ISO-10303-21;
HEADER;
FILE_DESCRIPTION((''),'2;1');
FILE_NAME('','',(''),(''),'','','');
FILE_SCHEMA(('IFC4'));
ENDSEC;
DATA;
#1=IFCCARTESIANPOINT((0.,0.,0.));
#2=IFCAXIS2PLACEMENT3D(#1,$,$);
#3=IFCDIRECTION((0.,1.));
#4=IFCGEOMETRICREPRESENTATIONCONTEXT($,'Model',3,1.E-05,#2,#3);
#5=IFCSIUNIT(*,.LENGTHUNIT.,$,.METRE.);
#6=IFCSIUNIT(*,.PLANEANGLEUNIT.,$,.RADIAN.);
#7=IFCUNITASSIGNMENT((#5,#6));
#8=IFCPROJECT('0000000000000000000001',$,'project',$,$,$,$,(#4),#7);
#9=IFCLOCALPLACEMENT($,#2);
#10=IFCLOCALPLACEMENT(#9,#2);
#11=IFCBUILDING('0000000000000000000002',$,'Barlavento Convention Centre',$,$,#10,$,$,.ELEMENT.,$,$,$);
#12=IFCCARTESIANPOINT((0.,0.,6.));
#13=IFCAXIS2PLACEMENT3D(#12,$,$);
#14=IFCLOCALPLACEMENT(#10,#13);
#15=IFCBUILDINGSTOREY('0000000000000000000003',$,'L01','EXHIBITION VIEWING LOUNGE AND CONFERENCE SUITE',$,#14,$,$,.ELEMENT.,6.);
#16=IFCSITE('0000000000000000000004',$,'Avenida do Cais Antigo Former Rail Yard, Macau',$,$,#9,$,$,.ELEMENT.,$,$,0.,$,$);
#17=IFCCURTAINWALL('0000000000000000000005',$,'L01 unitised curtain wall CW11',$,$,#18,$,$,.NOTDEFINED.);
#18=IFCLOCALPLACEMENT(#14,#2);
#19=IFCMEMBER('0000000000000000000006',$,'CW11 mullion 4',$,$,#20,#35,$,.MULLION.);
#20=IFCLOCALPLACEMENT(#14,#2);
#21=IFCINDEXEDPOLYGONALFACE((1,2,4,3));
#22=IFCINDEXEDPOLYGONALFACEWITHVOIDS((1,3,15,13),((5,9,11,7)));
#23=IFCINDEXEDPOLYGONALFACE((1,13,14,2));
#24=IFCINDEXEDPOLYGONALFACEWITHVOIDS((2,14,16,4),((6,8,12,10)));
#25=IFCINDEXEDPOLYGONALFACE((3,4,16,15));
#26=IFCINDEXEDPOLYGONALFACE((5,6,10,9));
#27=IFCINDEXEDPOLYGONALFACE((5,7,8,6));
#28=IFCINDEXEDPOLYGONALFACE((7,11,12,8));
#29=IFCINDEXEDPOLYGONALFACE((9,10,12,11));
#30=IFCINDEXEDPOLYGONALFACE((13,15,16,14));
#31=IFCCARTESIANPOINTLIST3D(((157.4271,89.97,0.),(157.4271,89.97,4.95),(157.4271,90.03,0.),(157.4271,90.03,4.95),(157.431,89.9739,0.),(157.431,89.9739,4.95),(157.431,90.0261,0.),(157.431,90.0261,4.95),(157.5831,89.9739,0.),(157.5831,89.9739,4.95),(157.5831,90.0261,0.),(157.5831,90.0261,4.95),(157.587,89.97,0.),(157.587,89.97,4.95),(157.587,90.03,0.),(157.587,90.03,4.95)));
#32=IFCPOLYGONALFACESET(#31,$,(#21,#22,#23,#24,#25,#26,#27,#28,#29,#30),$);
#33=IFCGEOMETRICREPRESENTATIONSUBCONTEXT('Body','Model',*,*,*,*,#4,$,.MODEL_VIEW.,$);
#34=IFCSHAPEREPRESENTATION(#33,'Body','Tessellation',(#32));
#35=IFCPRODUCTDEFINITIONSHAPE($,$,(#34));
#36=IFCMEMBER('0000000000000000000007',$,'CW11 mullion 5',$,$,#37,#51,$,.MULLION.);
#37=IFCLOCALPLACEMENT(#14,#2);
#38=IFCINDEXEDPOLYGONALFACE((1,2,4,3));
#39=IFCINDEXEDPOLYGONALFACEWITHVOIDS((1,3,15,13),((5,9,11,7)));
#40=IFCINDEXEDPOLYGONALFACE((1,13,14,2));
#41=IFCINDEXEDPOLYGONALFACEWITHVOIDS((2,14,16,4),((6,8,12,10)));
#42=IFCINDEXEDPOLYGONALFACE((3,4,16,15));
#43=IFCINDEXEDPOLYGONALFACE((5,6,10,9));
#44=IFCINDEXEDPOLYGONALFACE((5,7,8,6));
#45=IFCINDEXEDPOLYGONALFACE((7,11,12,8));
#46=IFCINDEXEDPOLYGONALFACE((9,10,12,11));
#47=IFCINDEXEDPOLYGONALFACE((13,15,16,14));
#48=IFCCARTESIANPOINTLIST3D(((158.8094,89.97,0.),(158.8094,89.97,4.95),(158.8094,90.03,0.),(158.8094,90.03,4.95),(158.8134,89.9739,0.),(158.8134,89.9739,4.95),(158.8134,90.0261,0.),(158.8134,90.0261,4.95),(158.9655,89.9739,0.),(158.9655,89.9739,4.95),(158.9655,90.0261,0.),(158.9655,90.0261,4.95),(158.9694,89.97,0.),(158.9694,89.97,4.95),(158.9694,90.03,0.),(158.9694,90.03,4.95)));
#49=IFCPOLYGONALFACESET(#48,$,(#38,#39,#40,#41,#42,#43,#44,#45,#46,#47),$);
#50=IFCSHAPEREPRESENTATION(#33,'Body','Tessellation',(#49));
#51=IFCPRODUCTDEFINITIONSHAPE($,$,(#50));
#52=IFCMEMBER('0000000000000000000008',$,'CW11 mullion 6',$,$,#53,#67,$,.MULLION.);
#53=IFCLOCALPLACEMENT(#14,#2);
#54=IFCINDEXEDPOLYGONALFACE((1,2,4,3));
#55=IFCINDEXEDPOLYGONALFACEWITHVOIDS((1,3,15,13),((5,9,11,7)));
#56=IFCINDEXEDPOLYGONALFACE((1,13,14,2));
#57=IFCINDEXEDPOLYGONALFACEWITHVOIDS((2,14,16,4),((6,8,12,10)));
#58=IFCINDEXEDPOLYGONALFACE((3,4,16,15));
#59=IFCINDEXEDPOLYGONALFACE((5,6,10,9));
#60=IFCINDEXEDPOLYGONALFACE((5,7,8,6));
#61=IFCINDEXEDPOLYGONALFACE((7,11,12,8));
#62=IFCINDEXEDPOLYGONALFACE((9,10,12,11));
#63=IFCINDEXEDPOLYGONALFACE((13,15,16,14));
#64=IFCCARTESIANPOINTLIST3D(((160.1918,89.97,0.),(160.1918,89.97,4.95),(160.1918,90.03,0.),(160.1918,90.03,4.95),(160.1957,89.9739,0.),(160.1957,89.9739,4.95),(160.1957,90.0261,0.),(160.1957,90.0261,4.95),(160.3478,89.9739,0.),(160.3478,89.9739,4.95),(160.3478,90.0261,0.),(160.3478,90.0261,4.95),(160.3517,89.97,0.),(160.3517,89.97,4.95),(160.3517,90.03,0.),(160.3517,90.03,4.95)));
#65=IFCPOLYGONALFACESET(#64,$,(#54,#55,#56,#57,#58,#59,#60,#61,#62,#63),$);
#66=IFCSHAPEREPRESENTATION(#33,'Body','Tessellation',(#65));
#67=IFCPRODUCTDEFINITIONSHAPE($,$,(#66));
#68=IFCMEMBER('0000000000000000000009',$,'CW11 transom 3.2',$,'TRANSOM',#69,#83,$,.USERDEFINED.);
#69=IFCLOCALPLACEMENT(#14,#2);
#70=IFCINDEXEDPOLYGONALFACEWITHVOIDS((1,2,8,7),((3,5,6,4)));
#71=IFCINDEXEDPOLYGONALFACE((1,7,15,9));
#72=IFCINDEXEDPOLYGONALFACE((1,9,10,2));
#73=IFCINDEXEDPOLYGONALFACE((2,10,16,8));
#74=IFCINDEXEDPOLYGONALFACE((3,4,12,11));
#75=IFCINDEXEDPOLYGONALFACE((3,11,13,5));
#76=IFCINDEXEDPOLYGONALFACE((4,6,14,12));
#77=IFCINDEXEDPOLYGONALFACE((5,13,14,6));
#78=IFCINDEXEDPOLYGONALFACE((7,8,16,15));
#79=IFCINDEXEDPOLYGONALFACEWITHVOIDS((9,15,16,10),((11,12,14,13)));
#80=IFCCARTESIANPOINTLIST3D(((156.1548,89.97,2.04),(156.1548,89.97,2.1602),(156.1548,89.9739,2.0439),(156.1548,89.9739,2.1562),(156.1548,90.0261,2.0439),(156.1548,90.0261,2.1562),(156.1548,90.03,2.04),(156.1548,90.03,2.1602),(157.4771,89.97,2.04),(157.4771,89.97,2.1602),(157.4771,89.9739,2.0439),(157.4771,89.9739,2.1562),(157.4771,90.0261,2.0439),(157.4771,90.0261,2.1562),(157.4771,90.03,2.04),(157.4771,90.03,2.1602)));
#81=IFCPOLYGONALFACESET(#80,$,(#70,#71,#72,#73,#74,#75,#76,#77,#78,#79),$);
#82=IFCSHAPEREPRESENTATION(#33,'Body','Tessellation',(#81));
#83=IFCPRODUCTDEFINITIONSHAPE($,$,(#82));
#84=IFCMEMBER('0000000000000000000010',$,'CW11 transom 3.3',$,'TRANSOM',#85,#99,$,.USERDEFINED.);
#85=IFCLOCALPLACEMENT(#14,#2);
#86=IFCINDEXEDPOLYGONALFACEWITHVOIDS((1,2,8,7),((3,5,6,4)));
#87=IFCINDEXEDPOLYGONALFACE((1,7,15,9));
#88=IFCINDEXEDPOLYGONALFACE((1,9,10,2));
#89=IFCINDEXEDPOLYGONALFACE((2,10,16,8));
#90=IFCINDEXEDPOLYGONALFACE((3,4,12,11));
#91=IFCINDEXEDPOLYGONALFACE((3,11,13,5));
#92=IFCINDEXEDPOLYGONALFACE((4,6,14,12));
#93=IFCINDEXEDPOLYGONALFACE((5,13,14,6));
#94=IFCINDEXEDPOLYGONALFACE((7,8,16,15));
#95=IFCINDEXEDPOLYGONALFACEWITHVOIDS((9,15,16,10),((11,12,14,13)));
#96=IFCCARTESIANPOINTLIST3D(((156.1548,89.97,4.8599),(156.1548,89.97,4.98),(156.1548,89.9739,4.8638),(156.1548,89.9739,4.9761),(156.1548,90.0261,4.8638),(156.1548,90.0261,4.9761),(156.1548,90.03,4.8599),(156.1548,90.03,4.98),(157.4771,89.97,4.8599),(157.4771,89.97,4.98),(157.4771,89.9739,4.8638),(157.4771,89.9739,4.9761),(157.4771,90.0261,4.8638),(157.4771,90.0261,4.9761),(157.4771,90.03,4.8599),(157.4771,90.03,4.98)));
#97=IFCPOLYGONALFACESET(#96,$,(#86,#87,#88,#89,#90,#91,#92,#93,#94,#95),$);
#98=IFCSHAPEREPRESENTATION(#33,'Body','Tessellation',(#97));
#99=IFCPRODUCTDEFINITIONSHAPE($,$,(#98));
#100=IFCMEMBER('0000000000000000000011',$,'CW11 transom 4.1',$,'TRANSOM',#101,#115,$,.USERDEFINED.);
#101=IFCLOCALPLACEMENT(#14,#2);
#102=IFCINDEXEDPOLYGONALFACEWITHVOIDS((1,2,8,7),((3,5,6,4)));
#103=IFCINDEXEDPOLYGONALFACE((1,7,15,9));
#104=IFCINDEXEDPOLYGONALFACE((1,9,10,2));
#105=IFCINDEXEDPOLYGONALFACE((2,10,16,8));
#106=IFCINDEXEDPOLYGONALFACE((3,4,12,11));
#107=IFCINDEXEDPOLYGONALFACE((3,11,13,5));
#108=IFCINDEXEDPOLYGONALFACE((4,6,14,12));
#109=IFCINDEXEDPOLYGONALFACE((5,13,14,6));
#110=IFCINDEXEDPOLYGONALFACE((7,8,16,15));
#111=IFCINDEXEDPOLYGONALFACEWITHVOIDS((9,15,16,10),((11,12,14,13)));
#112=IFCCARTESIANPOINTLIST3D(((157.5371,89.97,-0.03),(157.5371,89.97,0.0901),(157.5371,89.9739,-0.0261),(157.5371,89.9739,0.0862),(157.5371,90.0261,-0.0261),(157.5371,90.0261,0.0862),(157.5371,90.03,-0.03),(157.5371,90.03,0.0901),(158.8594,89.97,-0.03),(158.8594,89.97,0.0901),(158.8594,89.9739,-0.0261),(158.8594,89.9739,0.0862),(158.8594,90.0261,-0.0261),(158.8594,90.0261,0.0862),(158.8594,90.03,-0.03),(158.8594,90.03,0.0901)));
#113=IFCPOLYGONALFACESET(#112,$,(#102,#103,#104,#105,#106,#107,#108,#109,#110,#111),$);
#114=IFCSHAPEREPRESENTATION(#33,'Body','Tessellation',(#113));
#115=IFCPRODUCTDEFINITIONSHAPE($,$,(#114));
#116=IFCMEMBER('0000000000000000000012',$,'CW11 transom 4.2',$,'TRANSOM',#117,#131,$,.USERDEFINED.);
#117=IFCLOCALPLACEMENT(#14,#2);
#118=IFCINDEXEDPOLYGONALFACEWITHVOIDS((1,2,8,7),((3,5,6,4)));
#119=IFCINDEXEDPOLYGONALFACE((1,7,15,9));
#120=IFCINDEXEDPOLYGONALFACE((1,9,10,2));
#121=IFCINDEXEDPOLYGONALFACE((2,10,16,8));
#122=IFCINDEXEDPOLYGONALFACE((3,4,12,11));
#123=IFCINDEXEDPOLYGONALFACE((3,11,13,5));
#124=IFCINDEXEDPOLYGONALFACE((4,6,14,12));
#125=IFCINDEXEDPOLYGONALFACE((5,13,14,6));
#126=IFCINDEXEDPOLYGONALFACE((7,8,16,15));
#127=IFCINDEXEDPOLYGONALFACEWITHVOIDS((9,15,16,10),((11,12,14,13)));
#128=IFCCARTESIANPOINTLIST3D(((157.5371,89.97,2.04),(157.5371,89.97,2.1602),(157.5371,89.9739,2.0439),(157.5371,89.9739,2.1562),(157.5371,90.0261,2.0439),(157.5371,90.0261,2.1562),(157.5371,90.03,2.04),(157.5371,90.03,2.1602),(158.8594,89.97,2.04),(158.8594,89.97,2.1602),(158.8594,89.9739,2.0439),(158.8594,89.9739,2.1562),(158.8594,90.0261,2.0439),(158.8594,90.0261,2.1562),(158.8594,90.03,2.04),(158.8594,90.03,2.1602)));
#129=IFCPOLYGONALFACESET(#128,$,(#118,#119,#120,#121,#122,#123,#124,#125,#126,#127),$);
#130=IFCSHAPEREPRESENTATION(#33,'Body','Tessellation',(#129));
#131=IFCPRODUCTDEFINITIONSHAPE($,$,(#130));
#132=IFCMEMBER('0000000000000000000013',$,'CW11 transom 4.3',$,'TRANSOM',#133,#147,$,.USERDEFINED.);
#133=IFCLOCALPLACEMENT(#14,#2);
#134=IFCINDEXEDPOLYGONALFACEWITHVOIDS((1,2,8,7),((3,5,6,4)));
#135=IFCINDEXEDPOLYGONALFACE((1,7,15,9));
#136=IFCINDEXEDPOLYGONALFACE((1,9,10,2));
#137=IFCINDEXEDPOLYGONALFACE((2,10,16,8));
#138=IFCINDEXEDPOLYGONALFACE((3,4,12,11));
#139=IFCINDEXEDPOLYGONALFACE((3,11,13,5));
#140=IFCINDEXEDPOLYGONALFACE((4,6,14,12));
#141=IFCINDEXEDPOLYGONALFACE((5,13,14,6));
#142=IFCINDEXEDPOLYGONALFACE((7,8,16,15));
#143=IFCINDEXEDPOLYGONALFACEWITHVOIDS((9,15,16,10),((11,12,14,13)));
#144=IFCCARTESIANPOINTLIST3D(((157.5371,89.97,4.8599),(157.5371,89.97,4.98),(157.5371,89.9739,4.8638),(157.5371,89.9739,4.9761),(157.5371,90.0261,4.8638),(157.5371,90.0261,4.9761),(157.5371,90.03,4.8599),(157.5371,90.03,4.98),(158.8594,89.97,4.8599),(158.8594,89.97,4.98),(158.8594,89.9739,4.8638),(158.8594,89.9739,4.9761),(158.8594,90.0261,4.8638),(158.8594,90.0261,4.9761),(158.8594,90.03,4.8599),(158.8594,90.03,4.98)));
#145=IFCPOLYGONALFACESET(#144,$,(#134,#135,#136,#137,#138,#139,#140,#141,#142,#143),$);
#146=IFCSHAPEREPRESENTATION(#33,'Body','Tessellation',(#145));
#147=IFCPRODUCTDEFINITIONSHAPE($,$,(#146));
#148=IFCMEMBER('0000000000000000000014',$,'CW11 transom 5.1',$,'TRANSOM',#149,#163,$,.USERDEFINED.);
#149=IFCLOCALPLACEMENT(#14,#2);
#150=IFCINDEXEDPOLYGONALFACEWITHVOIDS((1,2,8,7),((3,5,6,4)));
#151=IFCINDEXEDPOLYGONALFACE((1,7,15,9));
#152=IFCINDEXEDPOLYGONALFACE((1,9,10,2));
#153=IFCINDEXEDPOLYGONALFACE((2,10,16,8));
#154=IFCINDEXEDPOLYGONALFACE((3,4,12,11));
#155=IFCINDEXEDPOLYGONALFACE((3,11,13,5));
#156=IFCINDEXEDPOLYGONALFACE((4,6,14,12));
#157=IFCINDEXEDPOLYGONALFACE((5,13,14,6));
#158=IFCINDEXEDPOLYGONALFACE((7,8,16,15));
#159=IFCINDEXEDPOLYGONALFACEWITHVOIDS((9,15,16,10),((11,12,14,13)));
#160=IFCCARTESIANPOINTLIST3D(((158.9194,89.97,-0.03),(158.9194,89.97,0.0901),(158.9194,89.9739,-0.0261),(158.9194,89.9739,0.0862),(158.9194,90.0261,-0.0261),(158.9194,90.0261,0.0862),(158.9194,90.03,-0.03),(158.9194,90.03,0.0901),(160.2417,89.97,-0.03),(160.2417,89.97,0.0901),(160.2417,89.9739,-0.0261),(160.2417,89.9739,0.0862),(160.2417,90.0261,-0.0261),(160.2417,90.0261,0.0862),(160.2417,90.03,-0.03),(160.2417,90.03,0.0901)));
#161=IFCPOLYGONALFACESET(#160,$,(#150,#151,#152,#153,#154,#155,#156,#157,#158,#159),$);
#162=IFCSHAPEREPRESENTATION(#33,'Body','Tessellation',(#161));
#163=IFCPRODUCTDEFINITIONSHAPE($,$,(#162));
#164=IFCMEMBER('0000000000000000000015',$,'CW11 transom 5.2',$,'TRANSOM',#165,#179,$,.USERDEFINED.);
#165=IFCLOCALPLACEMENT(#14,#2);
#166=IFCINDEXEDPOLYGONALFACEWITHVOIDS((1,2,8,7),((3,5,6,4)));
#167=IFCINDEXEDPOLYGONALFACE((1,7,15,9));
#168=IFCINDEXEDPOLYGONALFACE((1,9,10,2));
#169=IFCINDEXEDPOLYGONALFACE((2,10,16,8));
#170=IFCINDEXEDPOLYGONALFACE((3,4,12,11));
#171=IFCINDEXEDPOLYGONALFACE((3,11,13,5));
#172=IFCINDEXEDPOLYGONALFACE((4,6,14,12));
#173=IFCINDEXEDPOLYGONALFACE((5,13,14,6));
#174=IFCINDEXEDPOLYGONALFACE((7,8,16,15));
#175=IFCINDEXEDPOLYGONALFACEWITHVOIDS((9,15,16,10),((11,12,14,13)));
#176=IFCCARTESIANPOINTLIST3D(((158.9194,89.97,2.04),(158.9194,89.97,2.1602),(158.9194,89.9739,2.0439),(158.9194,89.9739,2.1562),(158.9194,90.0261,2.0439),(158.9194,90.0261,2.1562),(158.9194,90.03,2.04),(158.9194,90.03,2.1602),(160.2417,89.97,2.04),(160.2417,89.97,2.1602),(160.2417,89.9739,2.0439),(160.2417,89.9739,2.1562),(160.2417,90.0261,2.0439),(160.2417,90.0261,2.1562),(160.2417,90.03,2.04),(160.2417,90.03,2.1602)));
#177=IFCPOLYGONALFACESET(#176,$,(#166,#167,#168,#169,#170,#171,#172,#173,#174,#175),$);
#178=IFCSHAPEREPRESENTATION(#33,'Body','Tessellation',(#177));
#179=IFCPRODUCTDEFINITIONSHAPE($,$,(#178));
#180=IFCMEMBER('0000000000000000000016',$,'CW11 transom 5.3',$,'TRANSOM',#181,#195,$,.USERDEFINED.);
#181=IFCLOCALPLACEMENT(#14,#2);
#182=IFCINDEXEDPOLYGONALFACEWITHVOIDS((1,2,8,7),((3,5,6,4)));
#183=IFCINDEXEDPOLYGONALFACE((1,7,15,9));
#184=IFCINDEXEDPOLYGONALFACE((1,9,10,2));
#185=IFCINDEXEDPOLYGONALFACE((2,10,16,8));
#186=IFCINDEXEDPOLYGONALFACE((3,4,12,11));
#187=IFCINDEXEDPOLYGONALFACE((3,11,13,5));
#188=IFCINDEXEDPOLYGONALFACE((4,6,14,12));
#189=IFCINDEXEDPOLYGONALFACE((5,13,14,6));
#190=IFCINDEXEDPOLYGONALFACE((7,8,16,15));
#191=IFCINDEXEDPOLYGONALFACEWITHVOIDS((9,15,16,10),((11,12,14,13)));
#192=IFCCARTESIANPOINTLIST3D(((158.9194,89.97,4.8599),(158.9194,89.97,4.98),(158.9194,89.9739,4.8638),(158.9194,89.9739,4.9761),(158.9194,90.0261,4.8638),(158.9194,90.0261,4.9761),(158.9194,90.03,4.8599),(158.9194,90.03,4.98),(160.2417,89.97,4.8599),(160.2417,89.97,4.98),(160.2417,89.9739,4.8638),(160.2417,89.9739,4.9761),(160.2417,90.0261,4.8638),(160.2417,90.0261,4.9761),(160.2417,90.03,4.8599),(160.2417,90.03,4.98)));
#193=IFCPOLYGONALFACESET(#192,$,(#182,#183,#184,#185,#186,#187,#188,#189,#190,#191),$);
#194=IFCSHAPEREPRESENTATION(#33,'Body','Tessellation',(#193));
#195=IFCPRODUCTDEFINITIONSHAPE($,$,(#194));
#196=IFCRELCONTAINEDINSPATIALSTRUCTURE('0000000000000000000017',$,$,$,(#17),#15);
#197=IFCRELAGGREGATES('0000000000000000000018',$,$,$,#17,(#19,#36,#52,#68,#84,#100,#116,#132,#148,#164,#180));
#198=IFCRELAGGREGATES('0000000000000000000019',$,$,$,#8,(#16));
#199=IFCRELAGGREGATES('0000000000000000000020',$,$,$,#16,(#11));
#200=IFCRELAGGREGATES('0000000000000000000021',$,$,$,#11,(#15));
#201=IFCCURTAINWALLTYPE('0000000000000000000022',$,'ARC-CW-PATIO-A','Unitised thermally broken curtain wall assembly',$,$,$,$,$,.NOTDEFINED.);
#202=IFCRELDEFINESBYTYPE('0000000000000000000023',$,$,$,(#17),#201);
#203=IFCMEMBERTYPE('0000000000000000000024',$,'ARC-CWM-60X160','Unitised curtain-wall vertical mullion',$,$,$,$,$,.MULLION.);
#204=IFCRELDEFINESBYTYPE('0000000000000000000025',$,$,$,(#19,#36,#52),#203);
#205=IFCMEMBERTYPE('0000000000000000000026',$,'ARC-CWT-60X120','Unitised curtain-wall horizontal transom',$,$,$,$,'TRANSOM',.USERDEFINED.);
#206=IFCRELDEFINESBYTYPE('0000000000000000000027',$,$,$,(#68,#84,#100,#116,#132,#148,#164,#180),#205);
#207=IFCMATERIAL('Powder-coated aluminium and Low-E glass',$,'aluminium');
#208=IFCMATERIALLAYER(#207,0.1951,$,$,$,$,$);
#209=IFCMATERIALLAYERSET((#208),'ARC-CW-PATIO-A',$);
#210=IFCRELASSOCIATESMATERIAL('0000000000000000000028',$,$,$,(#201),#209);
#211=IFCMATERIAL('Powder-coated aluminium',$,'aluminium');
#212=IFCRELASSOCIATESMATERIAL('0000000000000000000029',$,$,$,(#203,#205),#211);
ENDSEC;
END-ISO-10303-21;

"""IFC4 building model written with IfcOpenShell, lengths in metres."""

from ifc_helpers import new_model, si_unit, direction, frame, origin, origin_2d, place, context, subcontext, project, spatial, hollow_rectangle, extrude, material, layer, layer_set, material_profile, profile_set, type_object, element, aggregate, save


model = new_model("IFC4")

# Units and contexts
model_context = context("Model", 3, precision=1e-05, world=origin(), true_north=direction((0.0, 1.0)))
body_context = subcontext(model_context, "Body", "Model", "MODEL_VIEW")
ifc_project = project(units=[si_unit("LENGTHUNIT", "METRE"), si_unit("PLANEANGLEUNIT", "RADIAN")], contexts=[model_context])

# Site, building, storey
site_placement = place(None, origin())
site = spatial("IfcSite", under=ifc_project, at=site_placement, Name="Avenida do Cais Antigo Former Rail Yard, Macau", CompositionType="ELEMENT", RefElevation=0.0)
building_placement = place(site_placement, origin())
building = spatial("IfcBuilding", under=site, at=building_placement, Name="Barlavento Convention Centre", CompositionType="ELEMENT")
storey_placement = place(building_placement, frame((0.0, 0.0, 6.0)))
storey = spatial("IfcBuildingStorey", under=building, at=storey_placement, Name="L01", Description="EXHIBITION VIEWING LOUNGE AND CONFERENCE SUITE", CompositionType="ELEMENT", Elevation=6.0)

# Curtain wall, members
ifc_material_1 = material(Name="Powder-coated aluminium and Low-E glass", Category="aluminium")
ifc_layer_1 = layer(ifc_material_1, 0.1951)
ifc_layer_set_1 = layer_set([ifc_layer_1], Name="ARC-CW-PATIO-A")
curtain_wall_type = type_object("IfcCurtainWallType", Name="ARC-CW-PATIO-A", Description="Unitised thermally broken curtain wall assembly", PredefinedType="NOTDEFINED", material=ifc_layer_set_1)
curtain_wall_placement = place(storey_placement, origin())
curtain_wall = element("IfcCurtainWall", 1, at=curtain_wall_placement, inside=storey, type_object=curtain_wall_type, Name="L01 unitised curtain wall CW11", PredefinedType="NOTDEFINED")
ifc_material_2 = material(Name="Powder-coated aluminium", Category="aluminium")
ifc_material_profile_1 = material_profile(ifc_material_2, hollow_rectangle(XDim=0.0601, YDim=0.1599, WallThickness=0.0039, at=origin_2d()), Name="AL-MULL 60x160x4")
ifc_profile_set_1 = profile_set([ifc_material_profile_1], Name="Powder-coated aluminium")
member_type_1 = type_object("IfcMemberType", Name="ARC-CWM-60X160", Description="Unitised curtain-wall vertical mullion", PredefinedType="MULLION", material=ifc_profile_set_1)
member_1_placement = place(storey_placement, frame((157.5071, 90.0, 0.0), z_axis=(0.0, 0.0, 1.0), x_axis=(0.0, 1.0, 0.0)))
member_1 = element("IfcMember", 2, at=member_1_placement, type_object=member_type_1, Name="CW11 mullion 4", PredefinedType="MULLION", context=body_context, shape_type="SweptSolid", body=[
    extrude(hollow_rectangle(XDim=0.0601, YDim=0.1599, WallThickness=0.0039, at=origin_2d()), origin(), (0.0, 0.0, 1.0), 4.95),
])
member_2_placement = place(storey_placement, frame((158.8894, 90.0, 0.0), z_axis=(0.0, 0.0, 1.0), x_axis=(0.0, 1.0, 0.0)))
member_2 = element("IfcMember", 3, at=member_2_placement, type_object=member_type_1, Name="CW11 mullion 5", PredefinedType="MULLION", context=body_context, shape_type="SweptSolid", body=[
    extrude(hollow_rectangle(XDim=0.0601, YDim=0.1599, WallThickness=0.0039, at=origin_2d()), origin(), (0.0, 0.0, 1.0), 4.95),
])
member_3_placement = place(storey_placement, frame((160.2717, 90.0, 0.0), z_axis=(0.0, 0.0, 1.0), x_axis=(0.0, 1.0, 0.0)))
member_3 = element("IfcMember", 4, at=member_3_placement, type_object=member_type_1, Name="CW11 mullion 6", PredefinedType="MULLION", context=body_context, shape_type="SweptSolid", body=[
    extrude(hollow_rectangle(XDim=0.0601, YDim=0.1599, WallThickness=0.0039, at=origin_2d()), origin(), (0.0, 0.0, 1.0), 4.95),
])
ifc_material_profile_2 = material_profile(ifc_material_2, hollow_rectangle(XDim=0.0601, YDim=0.1201, WallThickness=0.0039, at=origin_2d()), Name="AL-TRAN 60x120x4")
ifc_profile_set_2 = profile_set([ifc_material_profile_2], Name="Powder-coated aluminium")
member_type_2 = type_object("IfcMemberType", Name="ARC-CWT-60X120", Description="Unitised curtain-wall horizontal transom", ElementType="TRANSOM", PredefinedType="USERDEFINED", material=ifc_profile_set_2)
member_4_placement = place(storey_placement, frame((156.1548, 90.0, 2.1001), z_axis=(1.0, 0.0, 0.0), x_axis=(0.0, 1.0, 0.0)))
member_4 = element("IfcMember", 5, at=member_4_placement, type_object=member_type_2, Name="CW11 transom 3.2", ObjectType="TRANSOM", PredefinedType="USERDEFINED", context=body_context, shape_type="SweptSolid", body=[
    extrude(hollow_rectangle(XDim=0.0601, YDim=0.1201, WallThickness=0.0039, at=origin_2d()), origin(), (0.0, 0.0, 1.0), 1.3223),
])
member_5_placement = place(storey_placement, frame((156.1548, 90.0, 4.9199), z_axis=(1.0, 0.0, 0.0), x_axis=(0.0, 1.0, 0.0)))
member_5 = element("IfcMember", 6, at=member_5_placement, type_object=member_type_2, Name="CW11 transom 3.3", ObjectType="TRANSOM", PredefinedType="USERDEFINED", context=body_context, shape_type="SweptSolid", body=[
    extrude(hollow_rectangle(XDim=0.0601, YDim=0.1201, WallThickness=0.0039, at=origin_2d()), origin(), (0.0, 0.0, 1.0), 1.3223),
])
member_6_placement = place(storey_placement, frame((157.5371, 90.0, 0.03), z_axis=(1.0, 0.0, 0.0), x_axis=(0.0, 1.0, 0.0)))
member_6 = element("IfcMember", 7, at=member_6_placement, type_object=member_type_2, Name="CW11 transom 4.1", ObjectType="TRANSOM", PredefinedType="USERDEFINED", context=body_context, shape_type="SweptSolid", body=[
    extrude(hollow_rectangle(XDim=0.0601, YDim=0.1201, WallThickness=0.0039, at=origin_2d()), origin(), (0.0, 0.0, 1.0), 1.3223),
])
member_7_placement = place(storey_placement, frame((157.5371, 90.0, 2.1001), z_axis=(1.0, 0.0, 0.0), x_axis=(0.0, 1.0, 0.0)))
member_7 = element("IfcMember", 8, at=member_7_placement, type_object=member_type_2, Name="CW11 transom 4.2", ObjectType="TRANSOM", PredefinedType="USERDEFINED", context=body_context, shape_type="SweptSolid", body=[
    extrude(hollow_rectangle(XDim=0.0601, YDim=0.1201, WallThickness=0.0039, at=origin_2d()), origin(), (0.0, 0.0, 1.0), 1.3223),
])
member_8_placement = place(storey_placement, frame((157.5371, 90.0, 4.9199), z_axis=(1.0, 0.0, 0.0), x_axis=(0.0, 1.0, 0.0)))
member_8 = element("IfcMember", 9, at=member_8_placement, type_object=member_type_2, Name="CW11 transom 4.3", ObjectType="TRANSOM", PredefinedType="USERDEFINED", context=body_context, shape_type="SweptSolid", body=[
    extrude(hollow_rectangle(XDim=0.0601, YDim=0.1201, WallThickness=0.0039, at=origin_2d()), origin(), (0.0, 0.0, 1.0), 1.3223),
])
member_9_placement = place(storey_placement, frame((158.9194, 90.0, 0.03), z_axis=(1.0, 0.0, 0.0), x_axis=(0.0, 1.0, 0.0)))
member_9 = element("IfcMember", 10, at=member_9_placement, type_object=member_type_2, Name="CW11 transom 5.1", ObjectType="TRANSOM", PredefinedType="USERDEFINED", context=body_context, shape_type="SweptSolid", body=[
    extrude(hollow_rectangle(XDim=0.0601, YDim=0.1201, WallThickness=0.0039, at=origin_2d()), origin(), (0.0, 0.0, 1.0), 1.3223),
])
member_10_placement = place(storey_placement, frame((158.9194, 90.0, 2.1001), z_axis=(1.0, 0.0, 0.0), x_axis=(0.0, 1.0, 0.0)))
member_10 = element("IfcMember", 11, at=member_10_placement, type_object=member_type_2, Name="CW11 transom 5.2", ObjectType="TRANSOM", PredefinedType="USERDEFINED", context=body_context, shape_type="SweptSolid", body=[
    extrude(hollow_rectangle(XDim=0.0601, YDim=0.1201, WallThickness=0.0039, at=origin_2d()), origin(), (0.0, 0.0, 1.0), 1.3223),
])
member_11_placement = place(storey_placement, frame((158.9194, 90.0, 4.9199), z_axis=(1.0, 0.0, 0.0), x_axis=(0.0, 1.0, 0.0)))
member_11 = element("IfcMember", 12, at=member_11_placement, type_object=member_type_2, Name="CW11 transom 5.3", ObjectType="TRANSOM", PredefinedType="USERDEFINED", context=body_context, shape_type="SweptSolid", body=[
    extrude(hollow_rectangle(XDim=0.0601, YDim=0.1201, WallThickness=0.0039, at=origin_2d()), origin(), (0.0, 0.0, 1.0), 1.3223),
])

aggregate(curtain_wall, [member_1, member_2, member_3, member_4, member_5, member_6, member_7, member_8, member_9, member_10, member_11])

save(model, "model.ifc")
